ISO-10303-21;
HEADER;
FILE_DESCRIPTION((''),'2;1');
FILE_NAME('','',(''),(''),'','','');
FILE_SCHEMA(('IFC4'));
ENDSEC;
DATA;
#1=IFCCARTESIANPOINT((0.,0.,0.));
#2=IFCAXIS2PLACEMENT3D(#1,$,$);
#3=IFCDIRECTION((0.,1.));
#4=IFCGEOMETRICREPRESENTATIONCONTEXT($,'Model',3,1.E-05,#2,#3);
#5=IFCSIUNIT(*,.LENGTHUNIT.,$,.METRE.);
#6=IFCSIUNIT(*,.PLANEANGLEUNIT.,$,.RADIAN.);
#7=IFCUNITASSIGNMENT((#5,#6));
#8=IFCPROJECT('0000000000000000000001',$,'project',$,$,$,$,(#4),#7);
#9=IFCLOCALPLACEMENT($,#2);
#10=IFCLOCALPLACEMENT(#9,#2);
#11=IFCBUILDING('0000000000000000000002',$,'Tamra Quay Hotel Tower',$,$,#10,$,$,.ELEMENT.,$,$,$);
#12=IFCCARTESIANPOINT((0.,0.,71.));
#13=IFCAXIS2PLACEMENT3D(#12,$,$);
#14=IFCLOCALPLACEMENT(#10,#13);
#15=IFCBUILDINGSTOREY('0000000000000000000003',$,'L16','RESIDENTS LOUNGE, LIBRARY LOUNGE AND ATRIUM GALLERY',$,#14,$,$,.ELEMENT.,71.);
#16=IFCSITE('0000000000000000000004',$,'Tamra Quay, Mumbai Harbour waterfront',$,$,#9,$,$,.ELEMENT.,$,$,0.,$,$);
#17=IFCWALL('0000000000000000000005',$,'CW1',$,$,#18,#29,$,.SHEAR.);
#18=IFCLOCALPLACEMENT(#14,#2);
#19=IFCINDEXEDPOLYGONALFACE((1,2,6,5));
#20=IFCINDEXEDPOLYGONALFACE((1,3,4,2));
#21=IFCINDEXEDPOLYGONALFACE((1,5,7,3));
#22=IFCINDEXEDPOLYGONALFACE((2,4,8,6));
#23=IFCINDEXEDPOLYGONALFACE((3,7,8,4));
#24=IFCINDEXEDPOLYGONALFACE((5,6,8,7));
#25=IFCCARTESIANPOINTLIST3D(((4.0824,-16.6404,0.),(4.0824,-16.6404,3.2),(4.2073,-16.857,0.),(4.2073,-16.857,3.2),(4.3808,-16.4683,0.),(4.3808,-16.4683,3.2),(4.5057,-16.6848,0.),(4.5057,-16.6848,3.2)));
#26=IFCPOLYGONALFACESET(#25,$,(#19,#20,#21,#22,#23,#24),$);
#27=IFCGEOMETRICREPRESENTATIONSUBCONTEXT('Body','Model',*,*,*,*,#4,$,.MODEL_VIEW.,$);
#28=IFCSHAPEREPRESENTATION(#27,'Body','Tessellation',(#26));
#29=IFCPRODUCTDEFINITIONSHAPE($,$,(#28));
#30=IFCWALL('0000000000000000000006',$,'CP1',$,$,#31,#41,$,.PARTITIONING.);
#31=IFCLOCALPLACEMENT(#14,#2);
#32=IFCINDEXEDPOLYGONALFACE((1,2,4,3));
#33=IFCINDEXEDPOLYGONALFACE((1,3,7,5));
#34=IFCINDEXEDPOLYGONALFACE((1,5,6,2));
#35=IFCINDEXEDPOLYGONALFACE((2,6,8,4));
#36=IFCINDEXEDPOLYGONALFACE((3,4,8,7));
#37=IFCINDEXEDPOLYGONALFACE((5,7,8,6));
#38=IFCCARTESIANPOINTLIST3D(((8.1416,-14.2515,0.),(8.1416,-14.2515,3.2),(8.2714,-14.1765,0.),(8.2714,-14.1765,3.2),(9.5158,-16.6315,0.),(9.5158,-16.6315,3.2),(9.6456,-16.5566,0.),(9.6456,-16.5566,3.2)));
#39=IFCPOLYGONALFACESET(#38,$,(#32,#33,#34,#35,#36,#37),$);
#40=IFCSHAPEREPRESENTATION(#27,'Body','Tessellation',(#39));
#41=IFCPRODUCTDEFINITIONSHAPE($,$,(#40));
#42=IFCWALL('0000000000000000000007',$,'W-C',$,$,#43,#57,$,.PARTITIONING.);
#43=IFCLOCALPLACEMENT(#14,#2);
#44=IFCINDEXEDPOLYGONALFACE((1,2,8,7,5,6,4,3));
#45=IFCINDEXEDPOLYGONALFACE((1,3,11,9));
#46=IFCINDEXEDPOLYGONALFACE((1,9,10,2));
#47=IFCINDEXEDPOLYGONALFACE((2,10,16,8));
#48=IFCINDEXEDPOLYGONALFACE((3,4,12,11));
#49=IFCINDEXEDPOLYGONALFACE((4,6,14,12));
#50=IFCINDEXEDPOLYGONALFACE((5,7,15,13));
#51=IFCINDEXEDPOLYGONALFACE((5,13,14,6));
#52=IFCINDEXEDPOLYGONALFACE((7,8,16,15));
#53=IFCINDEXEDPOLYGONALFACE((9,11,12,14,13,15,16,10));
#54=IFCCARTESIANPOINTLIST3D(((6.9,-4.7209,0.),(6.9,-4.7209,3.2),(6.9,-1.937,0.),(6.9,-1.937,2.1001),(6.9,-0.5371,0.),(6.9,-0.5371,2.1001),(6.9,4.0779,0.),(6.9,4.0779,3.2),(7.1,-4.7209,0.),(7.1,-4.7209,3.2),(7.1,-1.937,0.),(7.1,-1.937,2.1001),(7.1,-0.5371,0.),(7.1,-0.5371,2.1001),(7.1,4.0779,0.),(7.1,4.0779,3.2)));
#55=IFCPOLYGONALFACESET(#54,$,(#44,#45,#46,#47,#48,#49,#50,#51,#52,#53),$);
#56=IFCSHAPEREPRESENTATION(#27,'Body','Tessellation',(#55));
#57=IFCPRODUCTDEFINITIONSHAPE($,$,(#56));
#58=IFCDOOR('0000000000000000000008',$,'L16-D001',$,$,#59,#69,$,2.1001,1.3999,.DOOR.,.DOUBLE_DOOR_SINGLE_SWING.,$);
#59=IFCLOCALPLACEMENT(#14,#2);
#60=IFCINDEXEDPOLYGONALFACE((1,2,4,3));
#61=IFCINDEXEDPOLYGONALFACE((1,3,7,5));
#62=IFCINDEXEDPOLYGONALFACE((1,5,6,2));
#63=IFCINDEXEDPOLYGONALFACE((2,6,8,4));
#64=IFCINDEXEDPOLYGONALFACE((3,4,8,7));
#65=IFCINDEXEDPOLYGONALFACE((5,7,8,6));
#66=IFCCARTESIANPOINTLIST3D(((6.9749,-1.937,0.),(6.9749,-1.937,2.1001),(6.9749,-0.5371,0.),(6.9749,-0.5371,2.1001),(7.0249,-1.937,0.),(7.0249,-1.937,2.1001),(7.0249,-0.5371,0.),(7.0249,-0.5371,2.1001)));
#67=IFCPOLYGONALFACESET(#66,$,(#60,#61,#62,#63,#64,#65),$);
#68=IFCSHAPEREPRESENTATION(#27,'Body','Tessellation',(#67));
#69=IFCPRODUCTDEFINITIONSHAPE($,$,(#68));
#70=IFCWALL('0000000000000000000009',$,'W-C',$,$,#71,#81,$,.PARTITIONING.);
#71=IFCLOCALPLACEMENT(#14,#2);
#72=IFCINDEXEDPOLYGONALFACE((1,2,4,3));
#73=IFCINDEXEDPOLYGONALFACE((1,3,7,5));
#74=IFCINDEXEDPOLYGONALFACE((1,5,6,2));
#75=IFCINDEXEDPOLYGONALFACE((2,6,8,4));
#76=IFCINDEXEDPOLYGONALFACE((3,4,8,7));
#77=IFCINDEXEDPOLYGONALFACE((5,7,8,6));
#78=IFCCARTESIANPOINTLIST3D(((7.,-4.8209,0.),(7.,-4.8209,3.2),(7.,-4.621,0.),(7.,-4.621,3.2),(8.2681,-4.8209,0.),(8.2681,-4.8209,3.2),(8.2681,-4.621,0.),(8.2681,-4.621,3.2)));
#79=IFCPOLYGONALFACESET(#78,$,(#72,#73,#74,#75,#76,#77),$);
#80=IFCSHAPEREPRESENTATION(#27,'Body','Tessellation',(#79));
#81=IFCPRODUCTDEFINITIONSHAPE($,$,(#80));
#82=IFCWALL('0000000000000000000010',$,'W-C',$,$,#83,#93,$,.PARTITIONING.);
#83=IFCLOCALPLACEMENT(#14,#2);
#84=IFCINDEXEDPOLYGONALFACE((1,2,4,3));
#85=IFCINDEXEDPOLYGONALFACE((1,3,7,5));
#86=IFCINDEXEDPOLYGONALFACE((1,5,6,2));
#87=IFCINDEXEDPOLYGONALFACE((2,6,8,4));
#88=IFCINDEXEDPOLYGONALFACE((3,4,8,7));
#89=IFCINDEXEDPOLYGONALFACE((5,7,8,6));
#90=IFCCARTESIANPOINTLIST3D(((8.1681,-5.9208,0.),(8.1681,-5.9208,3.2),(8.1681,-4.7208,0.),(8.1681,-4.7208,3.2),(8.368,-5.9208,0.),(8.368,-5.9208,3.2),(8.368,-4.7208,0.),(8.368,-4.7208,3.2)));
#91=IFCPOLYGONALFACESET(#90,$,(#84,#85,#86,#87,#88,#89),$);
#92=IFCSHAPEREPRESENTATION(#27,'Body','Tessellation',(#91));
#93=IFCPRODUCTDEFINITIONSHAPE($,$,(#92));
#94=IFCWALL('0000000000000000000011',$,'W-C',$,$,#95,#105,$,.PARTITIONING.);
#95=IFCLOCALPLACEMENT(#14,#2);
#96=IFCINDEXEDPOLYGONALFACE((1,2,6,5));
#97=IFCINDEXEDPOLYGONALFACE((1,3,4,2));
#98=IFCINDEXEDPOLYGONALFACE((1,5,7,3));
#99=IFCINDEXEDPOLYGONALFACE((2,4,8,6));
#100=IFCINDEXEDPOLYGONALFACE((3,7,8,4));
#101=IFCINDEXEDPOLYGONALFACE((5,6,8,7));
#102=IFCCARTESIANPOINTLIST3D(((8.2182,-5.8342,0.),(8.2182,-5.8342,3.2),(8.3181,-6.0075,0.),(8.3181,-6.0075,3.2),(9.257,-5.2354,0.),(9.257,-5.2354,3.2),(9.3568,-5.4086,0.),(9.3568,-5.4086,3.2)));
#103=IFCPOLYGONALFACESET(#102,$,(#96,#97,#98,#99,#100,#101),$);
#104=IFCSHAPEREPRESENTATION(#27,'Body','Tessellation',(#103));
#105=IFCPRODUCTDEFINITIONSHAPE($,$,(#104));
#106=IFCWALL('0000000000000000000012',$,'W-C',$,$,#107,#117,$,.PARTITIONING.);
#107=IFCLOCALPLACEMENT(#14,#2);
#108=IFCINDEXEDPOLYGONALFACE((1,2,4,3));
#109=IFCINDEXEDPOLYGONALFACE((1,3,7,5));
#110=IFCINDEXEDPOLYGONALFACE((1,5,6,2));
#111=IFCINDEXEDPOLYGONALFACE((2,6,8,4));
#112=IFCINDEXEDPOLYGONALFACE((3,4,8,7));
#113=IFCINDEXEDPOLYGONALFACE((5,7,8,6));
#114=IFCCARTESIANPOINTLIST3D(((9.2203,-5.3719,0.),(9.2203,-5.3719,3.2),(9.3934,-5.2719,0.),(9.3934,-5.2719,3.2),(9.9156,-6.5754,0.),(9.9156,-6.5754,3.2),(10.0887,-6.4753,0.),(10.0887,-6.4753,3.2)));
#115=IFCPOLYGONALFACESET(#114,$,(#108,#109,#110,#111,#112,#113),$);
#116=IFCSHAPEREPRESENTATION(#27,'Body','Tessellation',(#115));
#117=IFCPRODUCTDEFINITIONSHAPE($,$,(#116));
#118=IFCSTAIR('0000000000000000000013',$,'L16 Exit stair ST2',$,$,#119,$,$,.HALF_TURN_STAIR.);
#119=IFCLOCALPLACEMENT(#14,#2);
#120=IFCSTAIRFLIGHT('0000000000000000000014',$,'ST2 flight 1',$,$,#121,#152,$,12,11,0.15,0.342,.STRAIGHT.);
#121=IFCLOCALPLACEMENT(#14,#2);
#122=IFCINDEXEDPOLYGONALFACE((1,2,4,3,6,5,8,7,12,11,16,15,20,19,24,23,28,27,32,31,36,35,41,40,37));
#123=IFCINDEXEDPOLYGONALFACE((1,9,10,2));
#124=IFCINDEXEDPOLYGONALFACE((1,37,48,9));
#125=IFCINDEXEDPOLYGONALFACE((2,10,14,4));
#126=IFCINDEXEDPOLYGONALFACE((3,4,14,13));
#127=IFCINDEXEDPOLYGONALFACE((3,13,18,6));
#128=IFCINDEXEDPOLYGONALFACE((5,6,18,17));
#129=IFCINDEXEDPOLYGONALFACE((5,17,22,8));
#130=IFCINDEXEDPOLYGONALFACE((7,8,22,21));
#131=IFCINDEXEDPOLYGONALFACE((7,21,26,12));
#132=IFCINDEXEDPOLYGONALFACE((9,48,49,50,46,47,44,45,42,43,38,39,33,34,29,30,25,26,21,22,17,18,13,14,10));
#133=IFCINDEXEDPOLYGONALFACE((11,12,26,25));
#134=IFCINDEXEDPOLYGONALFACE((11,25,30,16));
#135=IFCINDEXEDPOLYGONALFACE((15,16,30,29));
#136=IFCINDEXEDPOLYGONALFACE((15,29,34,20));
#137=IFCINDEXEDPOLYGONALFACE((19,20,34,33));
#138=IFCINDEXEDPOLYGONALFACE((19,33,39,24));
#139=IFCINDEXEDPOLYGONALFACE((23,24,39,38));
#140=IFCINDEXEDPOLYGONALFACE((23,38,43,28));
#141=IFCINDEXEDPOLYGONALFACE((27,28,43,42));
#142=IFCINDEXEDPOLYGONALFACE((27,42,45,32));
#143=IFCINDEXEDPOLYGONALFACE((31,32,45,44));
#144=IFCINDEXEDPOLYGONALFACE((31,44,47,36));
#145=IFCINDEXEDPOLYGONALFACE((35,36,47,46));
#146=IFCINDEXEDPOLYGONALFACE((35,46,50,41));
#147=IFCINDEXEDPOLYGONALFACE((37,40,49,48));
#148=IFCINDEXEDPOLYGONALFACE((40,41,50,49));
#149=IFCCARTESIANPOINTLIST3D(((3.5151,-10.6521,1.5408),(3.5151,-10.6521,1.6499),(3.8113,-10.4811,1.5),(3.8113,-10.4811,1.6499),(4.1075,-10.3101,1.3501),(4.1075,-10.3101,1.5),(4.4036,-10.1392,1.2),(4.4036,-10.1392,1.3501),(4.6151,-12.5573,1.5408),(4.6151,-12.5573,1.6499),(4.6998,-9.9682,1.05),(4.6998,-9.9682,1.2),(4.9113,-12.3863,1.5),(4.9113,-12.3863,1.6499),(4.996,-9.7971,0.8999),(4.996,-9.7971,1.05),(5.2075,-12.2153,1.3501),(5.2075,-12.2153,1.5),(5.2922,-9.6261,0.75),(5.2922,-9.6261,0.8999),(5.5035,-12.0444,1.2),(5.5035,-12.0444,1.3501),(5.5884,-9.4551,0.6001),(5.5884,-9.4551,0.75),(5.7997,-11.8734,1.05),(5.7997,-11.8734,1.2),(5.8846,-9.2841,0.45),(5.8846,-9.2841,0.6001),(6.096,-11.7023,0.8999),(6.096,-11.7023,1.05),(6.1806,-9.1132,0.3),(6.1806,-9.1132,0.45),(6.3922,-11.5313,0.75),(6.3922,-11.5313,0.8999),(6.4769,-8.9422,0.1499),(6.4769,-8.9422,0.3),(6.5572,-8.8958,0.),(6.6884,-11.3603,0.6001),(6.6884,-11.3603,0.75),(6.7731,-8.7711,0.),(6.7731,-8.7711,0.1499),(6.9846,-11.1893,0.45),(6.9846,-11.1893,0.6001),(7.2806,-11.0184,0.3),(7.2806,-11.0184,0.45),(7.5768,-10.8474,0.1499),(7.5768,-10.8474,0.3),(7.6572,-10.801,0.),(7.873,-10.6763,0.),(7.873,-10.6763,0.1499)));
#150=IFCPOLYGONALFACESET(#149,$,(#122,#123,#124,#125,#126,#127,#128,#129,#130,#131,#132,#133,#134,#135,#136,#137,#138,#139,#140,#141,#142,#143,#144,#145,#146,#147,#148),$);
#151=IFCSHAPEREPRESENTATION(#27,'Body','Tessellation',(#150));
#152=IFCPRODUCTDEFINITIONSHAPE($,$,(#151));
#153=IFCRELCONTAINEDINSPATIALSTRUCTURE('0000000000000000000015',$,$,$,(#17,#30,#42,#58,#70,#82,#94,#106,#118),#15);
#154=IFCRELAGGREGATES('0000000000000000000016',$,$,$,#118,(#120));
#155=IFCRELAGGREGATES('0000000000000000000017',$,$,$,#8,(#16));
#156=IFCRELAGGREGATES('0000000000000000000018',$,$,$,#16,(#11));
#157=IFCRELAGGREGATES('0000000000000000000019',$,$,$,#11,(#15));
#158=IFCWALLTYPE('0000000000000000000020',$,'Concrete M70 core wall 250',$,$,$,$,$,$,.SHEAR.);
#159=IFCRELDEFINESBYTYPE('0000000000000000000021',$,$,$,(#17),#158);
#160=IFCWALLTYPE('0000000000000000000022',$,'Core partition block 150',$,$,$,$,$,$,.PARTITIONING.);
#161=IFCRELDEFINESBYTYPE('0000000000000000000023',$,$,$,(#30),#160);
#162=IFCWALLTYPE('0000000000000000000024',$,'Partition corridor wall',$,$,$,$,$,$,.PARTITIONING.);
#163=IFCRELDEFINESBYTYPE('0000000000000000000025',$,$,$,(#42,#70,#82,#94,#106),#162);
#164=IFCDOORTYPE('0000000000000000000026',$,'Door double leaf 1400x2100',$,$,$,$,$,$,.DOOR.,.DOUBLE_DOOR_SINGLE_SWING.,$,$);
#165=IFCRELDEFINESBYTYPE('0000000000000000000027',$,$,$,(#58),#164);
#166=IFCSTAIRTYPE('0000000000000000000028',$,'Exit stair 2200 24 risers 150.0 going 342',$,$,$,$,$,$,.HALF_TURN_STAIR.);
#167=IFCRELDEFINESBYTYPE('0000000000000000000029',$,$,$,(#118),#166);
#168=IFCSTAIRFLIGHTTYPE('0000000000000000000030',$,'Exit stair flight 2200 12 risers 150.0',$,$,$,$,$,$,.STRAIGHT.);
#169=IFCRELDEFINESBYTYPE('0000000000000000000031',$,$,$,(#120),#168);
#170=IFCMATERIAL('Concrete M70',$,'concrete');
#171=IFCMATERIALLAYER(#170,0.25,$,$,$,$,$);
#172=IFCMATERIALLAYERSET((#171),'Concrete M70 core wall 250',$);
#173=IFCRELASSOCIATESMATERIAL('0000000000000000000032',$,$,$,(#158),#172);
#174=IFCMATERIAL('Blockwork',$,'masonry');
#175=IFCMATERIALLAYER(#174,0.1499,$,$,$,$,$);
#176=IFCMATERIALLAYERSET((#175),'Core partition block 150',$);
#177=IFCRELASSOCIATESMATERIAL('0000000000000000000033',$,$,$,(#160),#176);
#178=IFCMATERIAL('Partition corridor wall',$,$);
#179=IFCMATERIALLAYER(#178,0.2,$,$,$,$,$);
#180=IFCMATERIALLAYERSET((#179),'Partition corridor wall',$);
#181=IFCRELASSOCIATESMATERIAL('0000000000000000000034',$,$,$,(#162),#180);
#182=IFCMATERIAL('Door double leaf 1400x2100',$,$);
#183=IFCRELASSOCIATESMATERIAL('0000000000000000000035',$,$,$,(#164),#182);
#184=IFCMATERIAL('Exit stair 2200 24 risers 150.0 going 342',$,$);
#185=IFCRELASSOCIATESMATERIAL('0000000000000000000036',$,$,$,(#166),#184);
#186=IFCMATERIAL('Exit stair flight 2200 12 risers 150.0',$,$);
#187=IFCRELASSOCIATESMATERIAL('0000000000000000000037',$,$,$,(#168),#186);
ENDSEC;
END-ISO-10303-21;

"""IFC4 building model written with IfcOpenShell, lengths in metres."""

from ifc_helpers import new_model, si_unit, direction, frame, frame_2d, origin, place, context, subcontext, project, spatial, polyline, rectangle, outline, extrude, material, layer, layer_set, type_object, element, fill, aggregate, save


model = new_model("IFC4")

# Units and contexts
model_context = context("Model", 3, precision=1e-05, world=origin(), true_north=direction((0.0, 1.0)))
body_context = subcontext(model_context, "Body", "Model", "MODEL_VIEW")
ifc_project = project(units=[si_unit("LENGTHUNIT", "METRE"), si_unit("PLANEANGLEUNIT", "RADIAN")], contexts=[model_context])

# Site, building, storey
site_placement = place(None, origin())
site = spatial("IfcSite", under=ifc_project, at=site_placement, Name="Tamra Quay, Mumbai Harbour waterfront", CompositionType="ELEMENT", RefElevation=0.0)
building_placement = place(site_placement, origin())
building = spatial("IfcBuilding", under=site, at=building_placement, Name="Tamra Quay Hotel Tower", CompositionType="ELEMENT")
storey_placement = place(building_placement, frame((0.0, 0.0, 71.0)))
storey = spatial("IfcBuildingStorey", under=building, at=storey_placement, Name="L16", Description="RESIDENTS LOUNGE, LIBRARY LOUNGE AND ATRIUM GALLERY", CompositionType="ELEMENT", Elevation=71.0)

# Shared definitions
ifc_material_1 = material(Name="Concrete M70", Category="concrete")

# Walls
ifc_layer_1 = layer(ifc_material_1, 0.25)
ifc_layer_set_1 = layer_set([ifc_layer_1], Name="Concrete M70 core wall 250")
wall_type_1 = type_object("IfcWallType", Name="Concrete M70 core wall 250", PredefinedType="SHEAR", material=ifc_layer_set_1)
wall_1_placement = place(storey_placement, frame((4.1448, -16.7488, 0.0), z_axis=(0.0, 0.0, 1.0), x_axis=(0.866186, 0.499722, 0.0)))
element("IfcWall", 1, at=wall_1_placement, inside=storey, type_object=wall_type_1, Name="CW1", PredefinedType="SHEAR", context=body_context, shape_type="SweptSolid", body=[
    extrude(rectangle(XDim=0.3445, YDim=0.25, at=frame_2d((0.1724, 0.0))), origin(), (0.0, 0.0, 1.0), 3.2),
])
ifc_material_2 = material(Name="Blockwork", Category="masonry")
ifc_layer_2 = layer(ifc_material_2, 0.1499)
ifc_layer_set_2 = layer_set([ifc_layer_2], Name="Core partition block 150")
wall_type_2 = type_object("IfcWallType", Name="Core partition block 150", PredefinedType="PARTITIONING", material=ifc_layer_set_2)
wall_2_placement = place(storey_placement, frame((8.2065, -14.2141, 0.0), z_axis=(0.0, 0.0, 1.0), x_axis=(0.500027, -0.86601, 0.0)))
element("IfcWall", 2, at=wall_2_placement, inside=storey, type_object=wall_type_2, Name="CP1", PredefinedType="PARTITIONING", context=body_context, shape_type="SweptSolid", body=[
    extrude(rectangle(XDim=2.7483, YDim=0.1499, at=frame_2d((1.374, 0.0))), origin(), (0.0, 0.0, 1.0), 3.2),
])

# Wall, opening, door
ifc_material_3 = material(Name="Partition corridor wall")
ifc_layer_3 = layer(ifc_material_3, 0.2)
ifc_layer_set_3 = layer_set([ifc_layer_3], Name="Partition corridor wall")
wall_type_3 = type_object("IfcWallType", Name="Partition corridor wall", PredefinedType="PARTITIONING", material=ifc_layer_set_3)
wall_3_placement = place(storey_placement, frame((7.0, -4.7209, 0.0), z_axis=(0.0, 0.0, 1.0), x_axis=(0.0, 1.0, 0.0)))
wall_3 = element("IfcWall", 3, at=wall_3_placement, inside=storey, type_object=wall_type_3, Name="W-C", PredefinedType="PARTITIONING", context=body_context, shape_type="SweptSolid", body=[
    extrude(rectangle(XDim=8.7988, YDim=0.2, at=frame_2d((4.3994, 0.0))), origin(), (0.0, 0.0, 1.0), 3.2),
])
opening_1_placement = place(wall_3_placement, frame((2.7839, 0.0, 0.0)))
opening_1 = element("IfcOpeningElement", 4, at=opening_1_placement, cuts=wall_3, PredefinedType="OPENING", context=body_context, shape_type="SweptSolid", body=[
    extrude(rectangle(XDim=1.3999, YDim=2.1001, at=frame_2d((0.7, 1.05))), frame((0.0, 0.1099, 0.0), z_axis=(0.0, -1.0, 0.0), x_axis=(1.0, 0.0, 0.0)), (0.0, 0.0, 1.0), 0.22),
])
ifc_material_4 = material(Name="Door double leaf 1400x2100")
door_type_1 = type_object("IfcDoorType", Name="Door double leaf 1400x2100", OperationType="DOUBLE_DOOR_SINGLE_SWING", PredefinedType="DOOR", material=ifc_material_4)
door_1_placement = place(opening_1_placement, frame((1.3999, 0.0, 0.0), z_axis=(0.0, 0.0, 1.0), x_axis=(-1.0, 0.0, 0.0)))
door_1 = element("IfcDoor", 5, at=door_1_placement, inside=storey, type_object=door_type_1, Name="L16-D001", OperationType="DOUBLE_DOOR_SINGLE_SWING", OverallHeight=2.1001, OverallWidth=1.3999, PredefinedType="DOOR", context=body_context, shape_type="SweptSolid", body=[
    extrude(rectangle(XDim=1.3999, YDim=2.1001, at=frame_2d((0.7, 1.05))), frame((0.0, 0.0249, 0.0), z_axis=(0.0, -1.0, 0.0), x_axis=(1.0, 0.0, 0.0)), (0.0, 0.0, 1.0), 0.05),
])
fill(opening_1, door_1)

# Walls
wall_4_placement = place(storey_placement, frame((7.0, -4.7209, 0.0), z_axis=(0.0, 0.0, 1.0), x_axis=(1.0, 0.0, 0.0)))
element("IfcWall", 6, at=wall_4_placement, inside=storey, type_object=wall_type_3, Name="W-C", PredefinedType="PARTITIONING", context=body_context, shape_type="SweptSolid", body=[
    extrude(rectangle(XDim=1.2681, YDim=0.2, at=frame_2d((0.634, 0.0))), origin(), (0.0, 0.0, 1.0), 3.2),
])
wall_5_placement = place(storey_placement, frame((8.2681, -5.9209, 0.0), z_axis=(0.0, 0.0, 1.0), x_axis=(0.0, 1.0, 0.0)))
element("IfcWall", 7, at=wall_5_placement, inside=storey, type_object=wall_type_3, Name="W-C", PredefinedType="PARTITIONING", context=body_context, shape_type="SweptSolid", body=[
    extrude(rectangle(XDim=1.2, YDim=0.2, at=frame_2d((0.6001, 0.0))), origin(), (0.0, 0.0, 1.0), 3.2),
])
wall_6_placement = place(storey_placement, frame((8.2681, -5.9209, 0.0), z_axis=(0.0, 0.0, 1.0), x_axis=(0.866345, 0.499446, 0.0)))
element("IfcWall", 8, at=wall_6_placement, inside=storey, type_object=wall_type_3, Name="W-C", PredefinedType="PARTITIONING", context=body_context, shape_type="SweptSolid", body=[
    extrude(rectangle(XDim=1.199, YDim=0.2, at=frame_2d((0.5996, 0.0))), origin(), (0.0, 0.0, 1.0), 3.2),
])
wall_7_placement = place(storey_placement, frame((9.3069, -5.322, 0.0), z_axis=(0.0, 0.0, 1.0), x_axis=(0.500295, -0.865855, 0.0)))
element("IfcWall", 9, at=wall_7_placement, inside=storey, type_object=wall_type_3, Name="W-C", PredefinedType="PARTITIONING", context=body_context, shape_type="SweptSolid", body=[
    extrude(rectangle(XDim=1.3899, YDim=0.2, at=frame_2d((0.6948, 0.0))), origin(), (0.0, 0.0, 1.0), 3.2),
])

# Stair, stair flight
ifc_material_5 = material(Name="Exit stair 2200 24 risers 150.0 going 342")
stair_type = type_object("IfcStairType", Name="Exit stair 2200 24 risers 150.0 going 342", PredefinedType="HALF_TURN_STAIR", material=ifc_material_5)
stair_placement = place(storey_placement, origin())
stair = element("IfcStair", 10, at=stair_placement, inside=storey, type_object=stair_type, Name="L16 Exit stair ST2", PredefinedType="HALF_TURN_STAIR")
ifc_material_6 = material(Name="Exit stair flight 2200 12 risers 150.0")
stair_flight_type = type_object("IfcStairFlightType", Name="Exit stair flight 2200 12 risers 150.0", PredefinedType="STRAIGHT", material=ifc_material_6)
stair_flight_1_placement = place(storey_placement, frame((7.323, -9.7236, 0.0), z_axis=(0.0, 0.0, 1.0), x_axis=(-0.866025, -0.5, 0.0)))
stair_flight_1 = element("IfcStairFlight", 11, at=stair_flight_1_placement, type_object=stair_flight_type, Name="ST2 flight 1", NumberOfRisers=12, NumberOfTreads=11, PredefinedType="STRAIGHT", RiserHeight=0.15, TreadLength=0.342, context=body_context, shape_type="SweptSolid", body=[
    extrude(outline(polyline([(0.0, 0.0), (0.0, 0.1499), (0.342, 0.1499), (0.342, 0.3), (0.6841, 0.3), (0.6841, 0.45), (1.0259, 0.45), (1.0259, 0.6001), (1.3679, 0.6001), (1.3679, 0.75), (1.71, 0.75), (1.71, 0.8999), (2.052, 0.8999), (2.052, 1.05), (2.394, 1.05), (2.394, 1.2), (2.7361, 1.2), (2.7361, 1.3501), (3.0779, 1.3501), (3.0779, 1.5), (3.4199, 1.5), (3.4199, 1.6499), (3.762, 1.6499), (3.762, 1.8), (3.762, 1.5408), (0.2493, 0.0), (0.0, 0.0)])), frame((0.0, 1.1001, 0.0), z_axis=(0.0, -1.0, 0.0), x_axis=(1.0, 0.0, 0.0)), (0.0, 0.0, 1.0), 2.2),
])
aggregate(stair, [stair_flight_1])

save(model, "model.ifc")
